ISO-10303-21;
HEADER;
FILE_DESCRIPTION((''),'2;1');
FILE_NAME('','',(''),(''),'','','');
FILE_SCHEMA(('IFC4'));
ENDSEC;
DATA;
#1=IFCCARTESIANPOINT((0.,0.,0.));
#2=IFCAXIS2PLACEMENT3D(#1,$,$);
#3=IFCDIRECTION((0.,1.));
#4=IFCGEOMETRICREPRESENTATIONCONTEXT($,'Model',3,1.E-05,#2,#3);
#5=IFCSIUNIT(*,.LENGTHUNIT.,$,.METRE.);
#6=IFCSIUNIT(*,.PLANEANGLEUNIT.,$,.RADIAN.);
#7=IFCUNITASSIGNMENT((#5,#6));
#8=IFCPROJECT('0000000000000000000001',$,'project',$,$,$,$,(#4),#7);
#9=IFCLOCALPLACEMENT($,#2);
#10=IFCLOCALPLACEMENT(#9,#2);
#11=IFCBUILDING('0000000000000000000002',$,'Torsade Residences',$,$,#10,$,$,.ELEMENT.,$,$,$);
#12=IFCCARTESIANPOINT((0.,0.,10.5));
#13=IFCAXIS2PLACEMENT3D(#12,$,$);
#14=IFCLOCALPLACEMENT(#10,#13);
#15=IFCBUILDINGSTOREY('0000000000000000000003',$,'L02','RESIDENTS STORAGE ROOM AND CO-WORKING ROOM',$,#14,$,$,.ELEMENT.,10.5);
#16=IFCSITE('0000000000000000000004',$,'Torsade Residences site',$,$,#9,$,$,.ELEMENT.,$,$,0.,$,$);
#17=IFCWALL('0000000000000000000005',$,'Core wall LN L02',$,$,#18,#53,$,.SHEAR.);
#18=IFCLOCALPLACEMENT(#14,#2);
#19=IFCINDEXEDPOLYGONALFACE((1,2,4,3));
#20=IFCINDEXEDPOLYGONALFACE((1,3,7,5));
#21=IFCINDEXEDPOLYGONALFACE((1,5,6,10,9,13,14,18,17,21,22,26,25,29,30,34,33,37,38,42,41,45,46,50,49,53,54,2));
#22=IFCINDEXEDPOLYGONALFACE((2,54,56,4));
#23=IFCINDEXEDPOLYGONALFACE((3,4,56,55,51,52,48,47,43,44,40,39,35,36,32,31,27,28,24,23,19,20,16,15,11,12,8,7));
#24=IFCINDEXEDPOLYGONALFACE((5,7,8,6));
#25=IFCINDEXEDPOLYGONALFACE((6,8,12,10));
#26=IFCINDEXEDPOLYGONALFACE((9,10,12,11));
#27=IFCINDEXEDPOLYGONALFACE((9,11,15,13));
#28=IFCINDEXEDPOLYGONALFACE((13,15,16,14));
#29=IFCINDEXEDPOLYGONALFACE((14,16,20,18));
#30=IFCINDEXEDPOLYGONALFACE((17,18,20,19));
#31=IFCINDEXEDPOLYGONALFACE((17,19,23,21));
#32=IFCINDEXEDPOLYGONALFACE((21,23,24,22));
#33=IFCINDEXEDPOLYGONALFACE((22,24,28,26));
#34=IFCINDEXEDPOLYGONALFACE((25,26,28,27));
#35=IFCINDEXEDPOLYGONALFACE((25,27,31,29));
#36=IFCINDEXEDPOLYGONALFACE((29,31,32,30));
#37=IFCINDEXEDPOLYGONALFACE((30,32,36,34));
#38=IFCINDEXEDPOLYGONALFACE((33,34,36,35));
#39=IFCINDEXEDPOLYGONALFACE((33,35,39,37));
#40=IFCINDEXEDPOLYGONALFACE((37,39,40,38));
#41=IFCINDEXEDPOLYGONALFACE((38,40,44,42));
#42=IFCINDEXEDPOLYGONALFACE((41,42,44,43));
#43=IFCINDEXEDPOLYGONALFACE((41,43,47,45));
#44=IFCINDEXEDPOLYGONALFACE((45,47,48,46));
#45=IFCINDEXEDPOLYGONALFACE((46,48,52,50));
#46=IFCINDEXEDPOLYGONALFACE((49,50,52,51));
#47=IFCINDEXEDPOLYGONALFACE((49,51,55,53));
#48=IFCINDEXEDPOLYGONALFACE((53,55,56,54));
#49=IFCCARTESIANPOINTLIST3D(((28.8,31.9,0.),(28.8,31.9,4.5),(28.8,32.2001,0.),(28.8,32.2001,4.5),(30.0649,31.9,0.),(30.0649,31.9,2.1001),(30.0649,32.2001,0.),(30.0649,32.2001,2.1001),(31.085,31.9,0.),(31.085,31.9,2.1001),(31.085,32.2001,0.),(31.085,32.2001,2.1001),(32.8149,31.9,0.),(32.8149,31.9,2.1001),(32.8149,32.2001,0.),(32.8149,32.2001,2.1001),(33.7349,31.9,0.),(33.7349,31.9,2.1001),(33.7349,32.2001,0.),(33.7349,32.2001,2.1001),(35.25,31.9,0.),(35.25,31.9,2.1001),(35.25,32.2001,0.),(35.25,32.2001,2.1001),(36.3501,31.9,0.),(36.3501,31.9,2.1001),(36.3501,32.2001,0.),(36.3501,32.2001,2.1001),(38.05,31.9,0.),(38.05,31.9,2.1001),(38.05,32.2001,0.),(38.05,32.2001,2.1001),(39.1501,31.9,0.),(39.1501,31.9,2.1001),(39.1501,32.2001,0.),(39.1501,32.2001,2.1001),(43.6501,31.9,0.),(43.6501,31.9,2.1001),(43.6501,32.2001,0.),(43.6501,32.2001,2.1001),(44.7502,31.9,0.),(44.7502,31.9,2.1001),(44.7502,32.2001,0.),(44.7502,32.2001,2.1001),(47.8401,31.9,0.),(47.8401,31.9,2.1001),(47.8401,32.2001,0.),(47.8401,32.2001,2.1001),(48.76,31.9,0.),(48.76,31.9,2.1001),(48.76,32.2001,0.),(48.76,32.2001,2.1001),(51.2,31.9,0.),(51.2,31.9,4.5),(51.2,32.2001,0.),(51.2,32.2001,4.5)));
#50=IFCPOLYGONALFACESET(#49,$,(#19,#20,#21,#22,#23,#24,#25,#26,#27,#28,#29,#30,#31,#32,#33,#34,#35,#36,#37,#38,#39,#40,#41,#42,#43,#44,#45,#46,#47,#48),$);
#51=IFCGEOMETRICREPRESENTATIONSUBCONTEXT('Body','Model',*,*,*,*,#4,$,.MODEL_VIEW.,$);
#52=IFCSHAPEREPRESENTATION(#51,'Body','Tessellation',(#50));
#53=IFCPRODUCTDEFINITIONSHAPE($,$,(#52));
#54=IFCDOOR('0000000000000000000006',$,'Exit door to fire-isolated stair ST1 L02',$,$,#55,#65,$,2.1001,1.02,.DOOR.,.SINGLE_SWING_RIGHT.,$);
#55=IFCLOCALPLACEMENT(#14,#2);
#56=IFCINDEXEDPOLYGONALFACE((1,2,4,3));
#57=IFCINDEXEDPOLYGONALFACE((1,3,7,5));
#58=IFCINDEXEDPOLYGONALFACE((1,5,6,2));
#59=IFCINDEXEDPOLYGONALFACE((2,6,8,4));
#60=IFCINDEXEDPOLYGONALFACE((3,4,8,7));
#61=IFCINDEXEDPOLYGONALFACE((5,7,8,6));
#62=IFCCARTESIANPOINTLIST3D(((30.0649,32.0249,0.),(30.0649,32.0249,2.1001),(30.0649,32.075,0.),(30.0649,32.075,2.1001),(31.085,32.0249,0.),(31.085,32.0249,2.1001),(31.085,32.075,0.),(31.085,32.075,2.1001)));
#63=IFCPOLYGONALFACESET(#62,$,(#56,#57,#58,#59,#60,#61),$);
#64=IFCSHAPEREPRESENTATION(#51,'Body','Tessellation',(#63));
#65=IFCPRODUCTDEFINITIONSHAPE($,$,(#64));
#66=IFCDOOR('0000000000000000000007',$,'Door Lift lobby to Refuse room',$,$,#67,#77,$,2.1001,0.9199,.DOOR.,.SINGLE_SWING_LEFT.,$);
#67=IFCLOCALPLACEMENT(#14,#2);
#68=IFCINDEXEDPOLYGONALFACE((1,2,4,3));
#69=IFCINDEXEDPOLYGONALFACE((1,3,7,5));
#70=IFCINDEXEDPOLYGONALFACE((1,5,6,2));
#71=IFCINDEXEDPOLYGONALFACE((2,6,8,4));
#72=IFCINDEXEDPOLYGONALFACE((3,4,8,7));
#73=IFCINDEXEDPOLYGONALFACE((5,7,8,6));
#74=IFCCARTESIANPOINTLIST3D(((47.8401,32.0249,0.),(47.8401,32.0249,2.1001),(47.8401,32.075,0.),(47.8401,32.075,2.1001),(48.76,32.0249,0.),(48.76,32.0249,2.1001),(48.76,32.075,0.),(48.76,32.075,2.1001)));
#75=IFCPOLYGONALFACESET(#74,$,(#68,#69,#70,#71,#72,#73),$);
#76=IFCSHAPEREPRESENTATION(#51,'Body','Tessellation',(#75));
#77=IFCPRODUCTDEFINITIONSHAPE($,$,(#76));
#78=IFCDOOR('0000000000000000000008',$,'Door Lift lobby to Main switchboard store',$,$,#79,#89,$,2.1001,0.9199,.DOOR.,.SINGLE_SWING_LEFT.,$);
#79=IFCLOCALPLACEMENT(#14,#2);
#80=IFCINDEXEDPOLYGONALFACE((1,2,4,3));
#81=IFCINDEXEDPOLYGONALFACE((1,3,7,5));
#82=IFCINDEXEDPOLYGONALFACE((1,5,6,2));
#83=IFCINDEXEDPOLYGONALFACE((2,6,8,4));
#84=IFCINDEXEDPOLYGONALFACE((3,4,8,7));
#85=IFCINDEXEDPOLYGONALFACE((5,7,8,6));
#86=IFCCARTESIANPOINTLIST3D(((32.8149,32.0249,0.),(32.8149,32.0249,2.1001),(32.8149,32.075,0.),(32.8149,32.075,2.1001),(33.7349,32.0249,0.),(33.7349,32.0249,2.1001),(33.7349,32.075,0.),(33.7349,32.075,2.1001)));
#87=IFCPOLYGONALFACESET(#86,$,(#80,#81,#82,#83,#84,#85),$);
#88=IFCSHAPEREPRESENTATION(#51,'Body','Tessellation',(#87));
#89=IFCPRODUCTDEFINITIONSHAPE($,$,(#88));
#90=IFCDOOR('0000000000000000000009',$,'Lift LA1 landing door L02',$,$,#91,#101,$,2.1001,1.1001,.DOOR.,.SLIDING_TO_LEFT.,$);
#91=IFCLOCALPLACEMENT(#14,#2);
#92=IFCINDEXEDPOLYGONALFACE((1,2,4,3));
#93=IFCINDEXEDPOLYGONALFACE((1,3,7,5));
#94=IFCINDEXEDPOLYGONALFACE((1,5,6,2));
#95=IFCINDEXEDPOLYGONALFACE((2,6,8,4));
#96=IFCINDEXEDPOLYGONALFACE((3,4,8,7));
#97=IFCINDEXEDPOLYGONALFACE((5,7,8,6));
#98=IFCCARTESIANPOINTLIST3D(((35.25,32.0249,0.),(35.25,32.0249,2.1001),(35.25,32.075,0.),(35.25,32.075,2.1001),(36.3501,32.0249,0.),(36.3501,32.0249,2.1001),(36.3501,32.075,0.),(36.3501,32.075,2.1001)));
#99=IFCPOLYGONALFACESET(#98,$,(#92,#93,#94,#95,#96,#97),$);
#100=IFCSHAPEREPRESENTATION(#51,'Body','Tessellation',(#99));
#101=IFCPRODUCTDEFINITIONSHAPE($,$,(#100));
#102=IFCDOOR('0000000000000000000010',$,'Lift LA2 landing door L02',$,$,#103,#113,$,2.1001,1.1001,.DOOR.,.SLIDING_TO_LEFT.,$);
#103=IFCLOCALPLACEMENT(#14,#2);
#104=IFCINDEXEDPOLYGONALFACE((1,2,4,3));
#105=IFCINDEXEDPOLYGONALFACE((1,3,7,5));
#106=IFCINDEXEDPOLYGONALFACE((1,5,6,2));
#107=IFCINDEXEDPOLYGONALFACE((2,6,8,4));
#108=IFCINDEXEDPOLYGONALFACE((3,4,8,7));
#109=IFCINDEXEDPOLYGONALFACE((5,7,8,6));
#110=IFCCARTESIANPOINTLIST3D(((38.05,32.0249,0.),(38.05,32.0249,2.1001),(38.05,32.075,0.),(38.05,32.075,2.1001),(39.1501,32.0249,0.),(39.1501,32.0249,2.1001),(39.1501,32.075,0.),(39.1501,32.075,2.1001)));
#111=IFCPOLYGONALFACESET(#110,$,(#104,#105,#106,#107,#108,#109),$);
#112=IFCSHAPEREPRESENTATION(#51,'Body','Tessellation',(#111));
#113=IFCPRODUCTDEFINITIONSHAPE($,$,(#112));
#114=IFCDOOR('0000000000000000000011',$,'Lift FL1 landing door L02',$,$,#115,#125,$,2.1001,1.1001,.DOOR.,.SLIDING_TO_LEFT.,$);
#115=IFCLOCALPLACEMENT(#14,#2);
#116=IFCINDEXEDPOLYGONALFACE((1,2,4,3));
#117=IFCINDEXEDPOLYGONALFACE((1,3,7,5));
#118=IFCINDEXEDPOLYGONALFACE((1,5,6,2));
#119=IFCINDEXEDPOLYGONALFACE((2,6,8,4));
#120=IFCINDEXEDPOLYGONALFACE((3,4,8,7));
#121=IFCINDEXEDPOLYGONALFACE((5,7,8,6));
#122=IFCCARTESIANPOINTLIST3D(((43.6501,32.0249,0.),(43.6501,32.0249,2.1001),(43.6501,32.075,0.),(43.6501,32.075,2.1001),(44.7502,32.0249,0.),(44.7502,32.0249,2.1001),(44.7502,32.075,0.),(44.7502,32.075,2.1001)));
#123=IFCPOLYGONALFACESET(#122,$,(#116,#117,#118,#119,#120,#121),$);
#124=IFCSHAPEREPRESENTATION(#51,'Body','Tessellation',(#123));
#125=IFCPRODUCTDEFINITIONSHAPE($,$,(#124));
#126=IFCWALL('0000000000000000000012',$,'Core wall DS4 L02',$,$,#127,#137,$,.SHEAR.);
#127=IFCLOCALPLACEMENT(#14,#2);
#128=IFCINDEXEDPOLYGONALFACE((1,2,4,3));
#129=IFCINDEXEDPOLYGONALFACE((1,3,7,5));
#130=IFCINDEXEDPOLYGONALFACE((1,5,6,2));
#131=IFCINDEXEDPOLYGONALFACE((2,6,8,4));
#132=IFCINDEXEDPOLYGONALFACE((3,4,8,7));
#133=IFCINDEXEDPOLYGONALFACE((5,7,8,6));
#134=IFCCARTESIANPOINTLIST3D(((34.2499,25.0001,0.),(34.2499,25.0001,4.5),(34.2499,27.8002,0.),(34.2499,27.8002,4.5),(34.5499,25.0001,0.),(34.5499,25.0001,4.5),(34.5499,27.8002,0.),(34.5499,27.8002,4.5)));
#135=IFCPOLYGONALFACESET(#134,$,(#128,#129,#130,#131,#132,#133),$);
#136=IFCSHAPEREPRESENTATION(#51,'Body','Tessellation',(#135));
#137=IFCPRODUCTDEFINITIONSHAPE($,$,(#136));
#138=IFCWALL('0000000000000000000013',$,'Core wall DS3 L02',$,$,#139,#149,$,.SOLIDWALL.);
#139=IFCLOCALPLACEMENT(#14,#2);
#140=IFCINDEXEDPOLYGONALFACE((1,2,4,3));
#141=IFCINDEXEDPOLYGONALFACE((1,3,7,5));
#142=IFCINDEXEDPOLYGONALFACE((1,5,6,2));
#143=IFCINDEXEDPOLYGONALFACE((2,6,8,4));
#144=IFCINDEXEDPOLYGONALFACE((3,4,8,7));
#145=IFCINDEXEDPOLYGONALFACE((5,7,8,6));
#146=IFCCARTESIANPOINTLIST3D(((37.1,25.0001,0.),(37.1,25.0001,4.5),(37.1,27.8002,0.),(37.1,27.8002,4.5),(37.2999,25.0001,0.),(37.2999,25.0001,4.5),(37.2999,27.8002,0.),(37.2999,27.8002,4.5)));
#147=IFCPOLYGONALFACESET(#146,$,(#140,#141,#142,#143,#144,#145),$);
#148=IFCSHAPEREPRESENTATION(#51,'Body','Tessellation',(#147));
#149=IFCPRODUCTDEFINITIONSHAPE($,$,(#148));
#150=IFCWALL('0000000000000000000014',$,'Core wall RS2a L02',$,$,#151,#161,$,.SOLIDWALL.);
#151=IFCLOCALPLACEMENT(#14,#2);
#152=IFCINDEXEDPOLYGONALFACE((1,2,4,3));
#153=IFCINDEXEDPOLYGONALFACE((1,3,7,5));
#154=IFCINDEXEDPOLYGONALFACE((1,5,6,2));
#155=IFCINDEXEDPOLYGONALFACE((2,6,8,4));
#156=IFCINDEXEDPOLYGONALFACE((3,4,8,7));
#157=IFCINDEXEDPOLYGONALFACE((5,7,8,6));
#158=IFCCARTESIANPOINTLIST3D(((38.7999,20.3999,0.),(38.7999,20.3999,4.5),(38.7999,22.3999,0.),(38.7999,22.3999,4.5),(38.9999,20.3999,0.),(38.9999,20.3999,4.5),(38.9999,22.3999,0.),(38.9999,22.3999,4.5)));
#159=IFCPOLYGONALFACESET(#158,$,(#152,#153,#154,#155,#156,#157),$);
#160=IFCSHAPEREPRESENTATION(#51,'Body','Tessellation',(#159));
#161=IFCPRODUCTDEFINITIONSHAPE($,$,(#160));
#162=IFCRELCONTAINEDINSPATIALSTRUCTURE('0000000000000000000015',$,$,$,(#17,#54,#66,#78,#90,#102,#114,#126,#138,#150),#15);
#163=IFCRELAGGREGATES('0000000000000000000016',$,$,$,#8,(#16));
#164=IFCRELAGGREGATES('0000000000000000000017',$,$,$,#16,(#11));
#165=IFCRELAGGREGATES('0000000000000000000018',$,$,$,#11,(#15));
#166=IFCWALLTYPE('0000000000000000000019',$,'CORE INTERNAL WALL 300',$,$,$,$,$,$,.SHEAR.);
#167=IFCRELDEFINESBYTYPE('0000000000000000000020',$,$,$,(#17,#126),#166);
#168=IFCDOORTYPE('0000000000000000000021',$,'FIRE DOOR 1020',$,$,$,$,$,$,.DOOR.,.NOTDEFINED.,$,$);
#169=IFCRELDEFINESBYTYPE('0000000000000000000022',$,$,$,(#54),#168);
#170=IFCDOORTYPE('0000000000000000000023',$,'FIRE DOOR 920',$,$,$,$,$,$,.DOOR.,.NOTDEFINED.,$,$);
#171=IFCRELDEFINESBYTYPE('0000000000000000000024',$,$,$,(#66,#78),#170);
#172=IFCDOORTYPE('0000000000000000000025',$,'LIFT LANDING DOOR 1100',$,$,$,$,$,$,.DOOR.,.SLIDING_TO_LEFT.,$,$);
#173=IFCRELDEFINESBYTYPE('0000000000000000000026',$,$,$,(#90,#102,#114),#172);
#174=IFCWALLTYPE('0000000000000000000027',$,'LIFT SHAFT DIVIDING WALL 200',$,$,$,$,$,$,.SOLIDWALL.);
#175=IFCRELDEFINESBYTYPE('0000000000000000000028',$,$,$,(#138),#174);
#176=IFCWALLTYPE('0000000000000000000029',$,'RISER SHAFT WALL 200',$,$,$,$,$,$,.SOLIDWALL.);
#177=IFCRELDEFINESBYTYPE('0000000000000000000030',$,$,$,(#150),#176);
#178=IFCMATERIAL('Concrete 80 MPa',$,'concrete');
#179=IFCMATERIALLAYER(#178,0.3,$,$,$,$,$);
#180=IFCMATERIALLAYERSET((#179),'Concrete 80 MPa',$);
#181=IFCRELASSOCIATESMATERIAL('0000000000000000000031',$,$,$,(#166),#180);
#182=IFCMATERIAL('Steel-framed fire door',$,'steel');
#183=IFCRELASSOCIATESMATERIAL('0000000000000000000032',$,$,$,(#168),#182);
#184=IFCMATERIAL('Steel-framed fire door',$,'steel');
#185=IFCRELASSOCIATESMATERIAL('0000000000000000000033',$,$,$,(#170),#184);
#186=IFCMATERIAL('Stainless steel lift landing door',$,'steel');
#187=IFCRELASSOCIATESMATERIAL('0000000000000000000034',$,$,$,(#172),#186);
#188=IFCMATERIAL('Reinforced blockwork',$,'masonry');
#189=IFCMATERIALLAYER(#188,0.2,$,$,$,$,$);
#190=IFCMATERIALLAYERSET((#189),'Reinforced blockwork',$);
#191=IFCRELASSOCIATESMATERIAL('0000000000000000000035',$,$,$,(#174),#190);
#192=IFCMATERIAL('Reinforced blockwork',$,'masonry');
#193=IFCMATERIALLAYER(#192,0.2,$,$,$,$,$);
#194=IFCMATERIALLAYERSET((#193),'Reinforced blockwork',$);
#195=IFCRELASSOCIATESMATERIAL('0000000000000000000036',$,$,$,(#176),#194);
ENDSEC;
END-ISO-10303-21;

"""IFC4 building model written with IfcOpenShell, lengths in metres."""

from ifc_helpers import new_model, si_unit, direction, frame, frame_2d, origin, place, context, subcontext, project, spatial, rectangle, extrude, material, layer, layer_set, type_object, element, fill, save


model = new_model("IFC4")

# Units and contexts
model_context = context("Model", 3, precision=1e-05, world=origin(), true_north=direction((0.0, 1.0)))
body_context = subcontext(model_context, "Body", "Model", "MODEL_VIEW")
ifc_project = project(units=[si_unit("LENGTHUNIT", "METRE"), si_unit("PLANEANGLEUNIT", "RADIAN")], contexts=[model_context])

# Site, building, storey
site_placement = place(None, origin())
site = spatial("IfcSite", under=ifc_project, at=site_placement, Name="Torsade Residences site", CompositionType="ELEMENT", RefElevation=0.0)
building_placement = place(site_placement, origin())
building = spatial("IfcBuilding", under=site, at=building_placement, Name="Torsade Residences", CompositionType="ELEMENT")
storey_placement = place(building_placement, frame((0.0, 0.0, 10.5)))
storey = spatial("IfcBuildingStorey", under=building, at=storey_placement, Name="L02", Description="RESIDENTS STORAGE ROOM AND CO-WORKING ROOM", CompositionType="ELEMENT", Elevation=10.5)

# Wall, openings, doors
ifc_material_1 = material(Name="Concrete 80 MPa", Category="concrete")
ifc_layer_1 = layer(ifc_material_1, 0.3)
ifc_layer_set_1 = layer_set([ifc_layer_1], Name="Concrete 80 MPa")
wall_type_1 = type_object("IfcWallType", Name="CORE INTERNAL WALL 300", PredefinedType="SHEAR", material=ifc_layer_set_1)
wall_1_placement = place(storey_placement, frame((28.8, 32.05, 0.0), z_axis=(0.0, 0.0, 1.0), x_axis=(1.0, 0.0, 0.0)))
wall_1 = element("IfcWall", 1, at=wall_1_placement, inside=storey, type_object=wall_type_1, Name="Core wall LN L02", PredefinedType="SHEAR", context=body_context, shape_type="SweptSolid", body=[
    extrude(rectangle(XDim=22.3999, YDim=0.3, at=frame_2d((11.2, 0.0))), origin(), (0.0, 0.0, 1.0), 4.5),
])
opening_1_placement = place(wall_1_placement, frame((19.04, 0.0, 0.0)))
opening_1 = element("IfcOpeningElement", 2, at=opening_1_placement, cuts=wall_1, PredefinedType="OPENING", context=body_context, shape_type="SweptSolid", body=[
    extrude(rectangle(XDim=0.9199, YDim=2.1001, at=frame_2d((0.46, 1.05))), frame((0.0, 0.1599, 0.0), z_axis=(0.0, -1.0, 0.0), x_axis=(1.0, 0.0, 0.0)), (0.0, 0.0, 1.0), 0.3201),
])
opening_2_placement = place(wall_1_placement, frame((1.2649, 0.0, 0.0)))
opening_2 = element("IfcOpeningElement", 3, at=opening_2_placement, cuts=wall_1, PredefinedType="OPENING", context=body_context, shape_type="SweptSolid", body=[
    extrude(rectangle(XDim=1.02, YDim=2.1001, at=frame_2d((0.51, 1.05))), frame((0.0, 0.1599, 0.0), z_axis=(0.0, -1.0, 0.0), x_axis=(1.0, 0.0, 0.0)), (0.0, 0.0, 1.0), 0.3201),
])
opening_3_placement = place(wall_1_placement, frame((4.0149, 0.0, 0.0)))
opening_3 = element("IfcOpeningElement", 4, at=opening_3_placement, cuts=wall_1, PredefinedType="OPENING", context=body_context, shape_type="SweptSolid", body=[
    extrude(rectangle(XDim=0.9199, YDim=2.1001, at=frame_2d((0.46, 1.05))), frame((0.0, 0.1599, 0.0), z_axis=(0.0, -1.0, 0.0), x_axis=(1.0, 0.0, 0.0)), (0.0, 0.0, 1.0), 0.3201),
])
opening_4_placement = place(wall_1_placement, frame((6.45, 0.0, 0.0)))
opening_4 = element("IfcOpeningElement", 5, at=opening_4_placement, cuts=wall_1, PredefinedType="OPENING", context=body_context, shape_type="SweptSolid", body=[
    extrude(rectangle(XDim=1.1001, YDim=2.1001, at=frame_2d((0.55, 1.05))), frame((0.0, 0.1599, 0.0), z_axis=(0.0, -1.0, 0.0), x_axis=(1.0, 0.0, 0.0)), (0.0, 0.0, 1.0), 0.3201),
])
opening_5_placement = place(wall_1_placement, frame((9.25, 0.0, 0.0)))
opening_5 = element("IfcOpeningElement", 6, at=opening_5_placement, cuts=wall_1, PredefinedType="OPENING", context=body_context, shape_type="SweptSolid", body=[
    extrude(rectangle(XDim=1.1001, YDim=2.1001, at=frame_2d((0.55, 1.05))), frame((0.0, 0.1599, 0.0), z_axis=(0.0, -1.0, 0.0), x_axis=(1.0, 0.0, 0.0)), (0.0, 0.0, 1.0), 0.3201),
])
opening_6_placement = place(wall_1_placement, frame((14.8501, 0.0, 0.0)))
opening_6 = element("IfcOpeningElement", 7, at=opening_6_placement, cuts=wall_1, PredefinedType="OPENING", context=body_context, shape_type="SweptSolid", body=[
    extrude(rectangle(XDim=1.1001, YDim=2.1001, at=frame_2d((0.55, 1.05))), frame((0.0, 0.1599, 0.0), z_axis=(0.0, -1.0, 0.0), x_axis=(1.0, 0.0, 0.0)), (0.0, 0.0, 1.0), 0.3201),
])
ifc_material_2 = material(Name="Steel-framed fire door", Category="steel")
door_type_1 = type_object("IfcDoorType", Name="FIRE DOOR 1020", OperationType="NOTDEFINED", PredefinedType="DOOR", material=ifc_material_2)
door_1_placement = place(opening_2_placement, origin())
door_1 = element("IfcDoor", 8, at=door_1_placement, inside=storey, type_object=door_type_1, Name="Exit door to fire-isolated stair ST1 L02", OperationType="SINGLE_SWING_RIGHT", OverallHeight=2.1001, OverallWidth=1.02, PredefinedType="DOOR", context=body_context, shape_type="SweptSolid", body=[
    extrude(rectangle(XDim=1.02, YDim=2.1001, at=frame_2d((0.51, 1.05))), frame((0.0, 0.0249, 0.0), z_axis=(0.0, -1.0, 0.0), x_axis=(1.0, 0.0, 0.0)), (0.0, 0.0, 1.0), 0.05),
])
fill(opening_2, door_1)
ifc_material_3 = material(Name="Steel-framed fire door", Category="steel")
door_type_2 = type_object("IfcDoorType", Name="FIRE DOOR 920", OperationType="NOTDEFINED", PredefinedType="DOOR", material=ifc_material_3)
door_2_placement = place(opening_1_placement, origin())
door_2 = element("IfcDoor", 9, at=door_2_placement, inside=storey, type_object=door_type_2, Name="Door Lift lobby to Refuse room", OperationType="SINGLE_SWING_LEFT", OverallHeight=2.1001, OverallWidth=0.9199, PredefinedType="DOOR", context=body_context, shape_type="SweptSolid", body=[
    extrude(rectangle(XDim=0.9199, YDim=2.1001, at=frame_2d((0.46, 1.05))), frame((0.0, 0.0249, 0.0), z_axis=(0.0, -1.0, 0.0), x_axis=(1.0, 0.0, 0.0)), (0.0, 0.0, 1.0), 0.05),
])
fill(opening_1, door_2)
door_3_placement = place(opening_3_placement, origin())
door_3 = element("IfcDoor", 10, at=door_3_placement, inside=storey, type_object=door_type_2, Name="Door Lift lobby to Main switchboard store", OperationType="SINGLE_SWING_LEFT", OverallHeight=2.1001, OverallWidth=0.9199, PredefinedType="DOOR", context=body_context, shape_type="SweptSolid", body=[
    extrude(rectangle(XDim=0.9199, YDim=2.1001, at=frame_2d((0.46, 1.05))), frame((0.0, 0.0249, 0.0), z_axis=(0.0, -1.0, 0.0), x_axis=(1.0, 0.0, 0.0)), (0.0, 0.0, 1.0), 0.05),
])
fill(opening_3, door_3)
ifc_material_4 = material(Name="Stainless steel lift landing door", Category="steel")
door_type_3 = type_object("IfcDoorType", Name="LIFT LANDING DOOR 1100", OperationType="SLIDING_TO_LEFT", PredefinedType="DOOR", material=ifc_material_4)
door_4_placement = place(opening_4_placement, origin())
door_4 = element("IfcDoor", 11, at=door_4_placement, inside=storey, type_object=door_type_3, Name="Lift LA1 landing door L02", OperationType="SLIDING_TO_LEFT", OverallHeight=2.1001, OverallWidth=1.1001, PredefinedType="DOOR", context=body_context, shape_type="SweptSolid", body=[
    extrude(rectangle(XDim=1.1001, YDim=2.1001, at=frame_2d((0.55, 1.05))), frame((0.0, 0.0249, 0.0), z_axis=(0.0, -1.0, 0.0), x_axis=(1.0, 0.0, 0.0)), (0.0, 0.0, 1.0), 0.05),
])
fill(opening_4, door_4)
door_5_placement = place(opening_5_placement, origin())
door_5 = element("IfcDoor", 12, at=door_5_placement, inside=storey, type_object=door_type_3, Name="Lift LA2 landing door L02", OperationType="SLIDING_TO_LEFT", OverallHeight=2.1001, OverallWidth=1.1001, PredefinedType="DOOR", context=body_context, shape_type="SweptSolid", body=[
    extrude(rectangle(XDim=1.1001, YDim=2.1001, at=frame_2d((0.55, 1.05))), frame((0.0, 0.0249, 0.0), z_axis=(0.0, -1.0, 0.0), x_axis=(1.0, 0.0, 0.0)), (0.0, 0.0, 1.0), 0.05),
])
fill(opening_5, door_5)
door_6_placement = place(opening_6_placement, origin())
door_6 = element("IfcDoor", 13, at=door_6_placement, inside=storey, type_object=door_type_3, Name="Lift FL1 landing door L02", OperationType="SLIDING_TO_LEFT", OverallHeight=2.1001, OverallWidth=1.1001, PredefinedType="DOOR", context=body_context, shape_type="SweptSolid", body=[
    extrude(rectangle(XDim=1.1001, YDim=2.1001, at=frame_2d((0.55, 1.05))), frame((0.0, 0.0249, 0.0), z_axis=(0.0, -1.0, 0.0), x_axis=(1.0, 0.0, 0.0)), (0.0, 0.0, 1.0), 0.05),
])
fill(opening_6, door_6)

# Walls
wall_2_placement = place(storey_placement, frame((34.3999, 27.8, 0.0), z_axis=(0.0, 0.0, 1.0), x_axis=(0.0, -1.0, 0.0)))
element("IfcWall", 14, at=wall_2_placement, inside=storey, type_object=wall_type_1, Name="Core wall DS4 L02", PredefinedType="SHEAR", context=body_context, shape_type="SweptSolid", body=[
    extrude(rectangle(XDim=2.8, YDim=0.3, at=frame_2d((1.3999, 0.0))), origin(), (0.0, 0.0, 1.0), 4.5),
])
ifc_material_5 = material(Name="Reinforced blockwork", Category="masonry")
ifc_layer_2 = layer(ifc_material_5, 0.2)
ifc_layer_set_2 = layer_set([ifc_layer_2], Name="Reinforced blockwork")
wall_type_2 = type_object("IfcWallType", Name="LIFT SHAFT DIVIDING WALL 200", PredefinedType="SOLIDWALL", material=ifc_layer_set_2)
wall_3_placement = place(storey_placement, frame((37.2, 27.8, 0.0), z_axis=(0.0, 0.0, 1.0), x_axis=(0.0, -1.0, 0.0)))
element("IfcWall", 15, at=wall_3_placement, inside=storey, type_object=wall_type_2, Name="Core wall DS3 L02", PredefinedType="SOLIDWALL", context=body_context, shape_type="SweptSolid", body=[
    extrude(rectangle(XDim=2.8, YDim=0.2, at=frame_2d((1.3999, 0.0))), origin(), (0.0, 0.0, 1.0), 4.5),
])
ifc_material_6 = material(Name="Reinforced blockwork", Category="masonry")
ifc_layer_3 = layer(ifc_material_6, 0.2)
ifc_layer_set_3 = layer_set([ifc_layer_3], Name="Reinforced blockwork")
wall_type_3 = type_object("IfcWallType", Name="RISER SHAFT WALL 200", PredefinedType="SOLIDWALL", material=ifc_layer_set_3)
wall_4_placement = place(storey_placement, frame((38.8999, 22.3999, 0.0), z_axis=(0.0, 0.0, 1.0), x_axis=(0.0, -1.0, 0.0)))
element("IfcWall", 16, at=wall_4_placement, inside=storey, type_object=wall_type_3, Name="Core wall RS2a L02", PredefinedType="SOLIDWALL", context=body_context, shape_type="SweptSolid", body=[
    extrude(rectangle(XDim=2.0, YDim=0.2, at=frame_2d((1.0, 0.0))), origin(), (0.0, 0.0, 1.0), 4.5),
])

save(model, "model.ifc")
